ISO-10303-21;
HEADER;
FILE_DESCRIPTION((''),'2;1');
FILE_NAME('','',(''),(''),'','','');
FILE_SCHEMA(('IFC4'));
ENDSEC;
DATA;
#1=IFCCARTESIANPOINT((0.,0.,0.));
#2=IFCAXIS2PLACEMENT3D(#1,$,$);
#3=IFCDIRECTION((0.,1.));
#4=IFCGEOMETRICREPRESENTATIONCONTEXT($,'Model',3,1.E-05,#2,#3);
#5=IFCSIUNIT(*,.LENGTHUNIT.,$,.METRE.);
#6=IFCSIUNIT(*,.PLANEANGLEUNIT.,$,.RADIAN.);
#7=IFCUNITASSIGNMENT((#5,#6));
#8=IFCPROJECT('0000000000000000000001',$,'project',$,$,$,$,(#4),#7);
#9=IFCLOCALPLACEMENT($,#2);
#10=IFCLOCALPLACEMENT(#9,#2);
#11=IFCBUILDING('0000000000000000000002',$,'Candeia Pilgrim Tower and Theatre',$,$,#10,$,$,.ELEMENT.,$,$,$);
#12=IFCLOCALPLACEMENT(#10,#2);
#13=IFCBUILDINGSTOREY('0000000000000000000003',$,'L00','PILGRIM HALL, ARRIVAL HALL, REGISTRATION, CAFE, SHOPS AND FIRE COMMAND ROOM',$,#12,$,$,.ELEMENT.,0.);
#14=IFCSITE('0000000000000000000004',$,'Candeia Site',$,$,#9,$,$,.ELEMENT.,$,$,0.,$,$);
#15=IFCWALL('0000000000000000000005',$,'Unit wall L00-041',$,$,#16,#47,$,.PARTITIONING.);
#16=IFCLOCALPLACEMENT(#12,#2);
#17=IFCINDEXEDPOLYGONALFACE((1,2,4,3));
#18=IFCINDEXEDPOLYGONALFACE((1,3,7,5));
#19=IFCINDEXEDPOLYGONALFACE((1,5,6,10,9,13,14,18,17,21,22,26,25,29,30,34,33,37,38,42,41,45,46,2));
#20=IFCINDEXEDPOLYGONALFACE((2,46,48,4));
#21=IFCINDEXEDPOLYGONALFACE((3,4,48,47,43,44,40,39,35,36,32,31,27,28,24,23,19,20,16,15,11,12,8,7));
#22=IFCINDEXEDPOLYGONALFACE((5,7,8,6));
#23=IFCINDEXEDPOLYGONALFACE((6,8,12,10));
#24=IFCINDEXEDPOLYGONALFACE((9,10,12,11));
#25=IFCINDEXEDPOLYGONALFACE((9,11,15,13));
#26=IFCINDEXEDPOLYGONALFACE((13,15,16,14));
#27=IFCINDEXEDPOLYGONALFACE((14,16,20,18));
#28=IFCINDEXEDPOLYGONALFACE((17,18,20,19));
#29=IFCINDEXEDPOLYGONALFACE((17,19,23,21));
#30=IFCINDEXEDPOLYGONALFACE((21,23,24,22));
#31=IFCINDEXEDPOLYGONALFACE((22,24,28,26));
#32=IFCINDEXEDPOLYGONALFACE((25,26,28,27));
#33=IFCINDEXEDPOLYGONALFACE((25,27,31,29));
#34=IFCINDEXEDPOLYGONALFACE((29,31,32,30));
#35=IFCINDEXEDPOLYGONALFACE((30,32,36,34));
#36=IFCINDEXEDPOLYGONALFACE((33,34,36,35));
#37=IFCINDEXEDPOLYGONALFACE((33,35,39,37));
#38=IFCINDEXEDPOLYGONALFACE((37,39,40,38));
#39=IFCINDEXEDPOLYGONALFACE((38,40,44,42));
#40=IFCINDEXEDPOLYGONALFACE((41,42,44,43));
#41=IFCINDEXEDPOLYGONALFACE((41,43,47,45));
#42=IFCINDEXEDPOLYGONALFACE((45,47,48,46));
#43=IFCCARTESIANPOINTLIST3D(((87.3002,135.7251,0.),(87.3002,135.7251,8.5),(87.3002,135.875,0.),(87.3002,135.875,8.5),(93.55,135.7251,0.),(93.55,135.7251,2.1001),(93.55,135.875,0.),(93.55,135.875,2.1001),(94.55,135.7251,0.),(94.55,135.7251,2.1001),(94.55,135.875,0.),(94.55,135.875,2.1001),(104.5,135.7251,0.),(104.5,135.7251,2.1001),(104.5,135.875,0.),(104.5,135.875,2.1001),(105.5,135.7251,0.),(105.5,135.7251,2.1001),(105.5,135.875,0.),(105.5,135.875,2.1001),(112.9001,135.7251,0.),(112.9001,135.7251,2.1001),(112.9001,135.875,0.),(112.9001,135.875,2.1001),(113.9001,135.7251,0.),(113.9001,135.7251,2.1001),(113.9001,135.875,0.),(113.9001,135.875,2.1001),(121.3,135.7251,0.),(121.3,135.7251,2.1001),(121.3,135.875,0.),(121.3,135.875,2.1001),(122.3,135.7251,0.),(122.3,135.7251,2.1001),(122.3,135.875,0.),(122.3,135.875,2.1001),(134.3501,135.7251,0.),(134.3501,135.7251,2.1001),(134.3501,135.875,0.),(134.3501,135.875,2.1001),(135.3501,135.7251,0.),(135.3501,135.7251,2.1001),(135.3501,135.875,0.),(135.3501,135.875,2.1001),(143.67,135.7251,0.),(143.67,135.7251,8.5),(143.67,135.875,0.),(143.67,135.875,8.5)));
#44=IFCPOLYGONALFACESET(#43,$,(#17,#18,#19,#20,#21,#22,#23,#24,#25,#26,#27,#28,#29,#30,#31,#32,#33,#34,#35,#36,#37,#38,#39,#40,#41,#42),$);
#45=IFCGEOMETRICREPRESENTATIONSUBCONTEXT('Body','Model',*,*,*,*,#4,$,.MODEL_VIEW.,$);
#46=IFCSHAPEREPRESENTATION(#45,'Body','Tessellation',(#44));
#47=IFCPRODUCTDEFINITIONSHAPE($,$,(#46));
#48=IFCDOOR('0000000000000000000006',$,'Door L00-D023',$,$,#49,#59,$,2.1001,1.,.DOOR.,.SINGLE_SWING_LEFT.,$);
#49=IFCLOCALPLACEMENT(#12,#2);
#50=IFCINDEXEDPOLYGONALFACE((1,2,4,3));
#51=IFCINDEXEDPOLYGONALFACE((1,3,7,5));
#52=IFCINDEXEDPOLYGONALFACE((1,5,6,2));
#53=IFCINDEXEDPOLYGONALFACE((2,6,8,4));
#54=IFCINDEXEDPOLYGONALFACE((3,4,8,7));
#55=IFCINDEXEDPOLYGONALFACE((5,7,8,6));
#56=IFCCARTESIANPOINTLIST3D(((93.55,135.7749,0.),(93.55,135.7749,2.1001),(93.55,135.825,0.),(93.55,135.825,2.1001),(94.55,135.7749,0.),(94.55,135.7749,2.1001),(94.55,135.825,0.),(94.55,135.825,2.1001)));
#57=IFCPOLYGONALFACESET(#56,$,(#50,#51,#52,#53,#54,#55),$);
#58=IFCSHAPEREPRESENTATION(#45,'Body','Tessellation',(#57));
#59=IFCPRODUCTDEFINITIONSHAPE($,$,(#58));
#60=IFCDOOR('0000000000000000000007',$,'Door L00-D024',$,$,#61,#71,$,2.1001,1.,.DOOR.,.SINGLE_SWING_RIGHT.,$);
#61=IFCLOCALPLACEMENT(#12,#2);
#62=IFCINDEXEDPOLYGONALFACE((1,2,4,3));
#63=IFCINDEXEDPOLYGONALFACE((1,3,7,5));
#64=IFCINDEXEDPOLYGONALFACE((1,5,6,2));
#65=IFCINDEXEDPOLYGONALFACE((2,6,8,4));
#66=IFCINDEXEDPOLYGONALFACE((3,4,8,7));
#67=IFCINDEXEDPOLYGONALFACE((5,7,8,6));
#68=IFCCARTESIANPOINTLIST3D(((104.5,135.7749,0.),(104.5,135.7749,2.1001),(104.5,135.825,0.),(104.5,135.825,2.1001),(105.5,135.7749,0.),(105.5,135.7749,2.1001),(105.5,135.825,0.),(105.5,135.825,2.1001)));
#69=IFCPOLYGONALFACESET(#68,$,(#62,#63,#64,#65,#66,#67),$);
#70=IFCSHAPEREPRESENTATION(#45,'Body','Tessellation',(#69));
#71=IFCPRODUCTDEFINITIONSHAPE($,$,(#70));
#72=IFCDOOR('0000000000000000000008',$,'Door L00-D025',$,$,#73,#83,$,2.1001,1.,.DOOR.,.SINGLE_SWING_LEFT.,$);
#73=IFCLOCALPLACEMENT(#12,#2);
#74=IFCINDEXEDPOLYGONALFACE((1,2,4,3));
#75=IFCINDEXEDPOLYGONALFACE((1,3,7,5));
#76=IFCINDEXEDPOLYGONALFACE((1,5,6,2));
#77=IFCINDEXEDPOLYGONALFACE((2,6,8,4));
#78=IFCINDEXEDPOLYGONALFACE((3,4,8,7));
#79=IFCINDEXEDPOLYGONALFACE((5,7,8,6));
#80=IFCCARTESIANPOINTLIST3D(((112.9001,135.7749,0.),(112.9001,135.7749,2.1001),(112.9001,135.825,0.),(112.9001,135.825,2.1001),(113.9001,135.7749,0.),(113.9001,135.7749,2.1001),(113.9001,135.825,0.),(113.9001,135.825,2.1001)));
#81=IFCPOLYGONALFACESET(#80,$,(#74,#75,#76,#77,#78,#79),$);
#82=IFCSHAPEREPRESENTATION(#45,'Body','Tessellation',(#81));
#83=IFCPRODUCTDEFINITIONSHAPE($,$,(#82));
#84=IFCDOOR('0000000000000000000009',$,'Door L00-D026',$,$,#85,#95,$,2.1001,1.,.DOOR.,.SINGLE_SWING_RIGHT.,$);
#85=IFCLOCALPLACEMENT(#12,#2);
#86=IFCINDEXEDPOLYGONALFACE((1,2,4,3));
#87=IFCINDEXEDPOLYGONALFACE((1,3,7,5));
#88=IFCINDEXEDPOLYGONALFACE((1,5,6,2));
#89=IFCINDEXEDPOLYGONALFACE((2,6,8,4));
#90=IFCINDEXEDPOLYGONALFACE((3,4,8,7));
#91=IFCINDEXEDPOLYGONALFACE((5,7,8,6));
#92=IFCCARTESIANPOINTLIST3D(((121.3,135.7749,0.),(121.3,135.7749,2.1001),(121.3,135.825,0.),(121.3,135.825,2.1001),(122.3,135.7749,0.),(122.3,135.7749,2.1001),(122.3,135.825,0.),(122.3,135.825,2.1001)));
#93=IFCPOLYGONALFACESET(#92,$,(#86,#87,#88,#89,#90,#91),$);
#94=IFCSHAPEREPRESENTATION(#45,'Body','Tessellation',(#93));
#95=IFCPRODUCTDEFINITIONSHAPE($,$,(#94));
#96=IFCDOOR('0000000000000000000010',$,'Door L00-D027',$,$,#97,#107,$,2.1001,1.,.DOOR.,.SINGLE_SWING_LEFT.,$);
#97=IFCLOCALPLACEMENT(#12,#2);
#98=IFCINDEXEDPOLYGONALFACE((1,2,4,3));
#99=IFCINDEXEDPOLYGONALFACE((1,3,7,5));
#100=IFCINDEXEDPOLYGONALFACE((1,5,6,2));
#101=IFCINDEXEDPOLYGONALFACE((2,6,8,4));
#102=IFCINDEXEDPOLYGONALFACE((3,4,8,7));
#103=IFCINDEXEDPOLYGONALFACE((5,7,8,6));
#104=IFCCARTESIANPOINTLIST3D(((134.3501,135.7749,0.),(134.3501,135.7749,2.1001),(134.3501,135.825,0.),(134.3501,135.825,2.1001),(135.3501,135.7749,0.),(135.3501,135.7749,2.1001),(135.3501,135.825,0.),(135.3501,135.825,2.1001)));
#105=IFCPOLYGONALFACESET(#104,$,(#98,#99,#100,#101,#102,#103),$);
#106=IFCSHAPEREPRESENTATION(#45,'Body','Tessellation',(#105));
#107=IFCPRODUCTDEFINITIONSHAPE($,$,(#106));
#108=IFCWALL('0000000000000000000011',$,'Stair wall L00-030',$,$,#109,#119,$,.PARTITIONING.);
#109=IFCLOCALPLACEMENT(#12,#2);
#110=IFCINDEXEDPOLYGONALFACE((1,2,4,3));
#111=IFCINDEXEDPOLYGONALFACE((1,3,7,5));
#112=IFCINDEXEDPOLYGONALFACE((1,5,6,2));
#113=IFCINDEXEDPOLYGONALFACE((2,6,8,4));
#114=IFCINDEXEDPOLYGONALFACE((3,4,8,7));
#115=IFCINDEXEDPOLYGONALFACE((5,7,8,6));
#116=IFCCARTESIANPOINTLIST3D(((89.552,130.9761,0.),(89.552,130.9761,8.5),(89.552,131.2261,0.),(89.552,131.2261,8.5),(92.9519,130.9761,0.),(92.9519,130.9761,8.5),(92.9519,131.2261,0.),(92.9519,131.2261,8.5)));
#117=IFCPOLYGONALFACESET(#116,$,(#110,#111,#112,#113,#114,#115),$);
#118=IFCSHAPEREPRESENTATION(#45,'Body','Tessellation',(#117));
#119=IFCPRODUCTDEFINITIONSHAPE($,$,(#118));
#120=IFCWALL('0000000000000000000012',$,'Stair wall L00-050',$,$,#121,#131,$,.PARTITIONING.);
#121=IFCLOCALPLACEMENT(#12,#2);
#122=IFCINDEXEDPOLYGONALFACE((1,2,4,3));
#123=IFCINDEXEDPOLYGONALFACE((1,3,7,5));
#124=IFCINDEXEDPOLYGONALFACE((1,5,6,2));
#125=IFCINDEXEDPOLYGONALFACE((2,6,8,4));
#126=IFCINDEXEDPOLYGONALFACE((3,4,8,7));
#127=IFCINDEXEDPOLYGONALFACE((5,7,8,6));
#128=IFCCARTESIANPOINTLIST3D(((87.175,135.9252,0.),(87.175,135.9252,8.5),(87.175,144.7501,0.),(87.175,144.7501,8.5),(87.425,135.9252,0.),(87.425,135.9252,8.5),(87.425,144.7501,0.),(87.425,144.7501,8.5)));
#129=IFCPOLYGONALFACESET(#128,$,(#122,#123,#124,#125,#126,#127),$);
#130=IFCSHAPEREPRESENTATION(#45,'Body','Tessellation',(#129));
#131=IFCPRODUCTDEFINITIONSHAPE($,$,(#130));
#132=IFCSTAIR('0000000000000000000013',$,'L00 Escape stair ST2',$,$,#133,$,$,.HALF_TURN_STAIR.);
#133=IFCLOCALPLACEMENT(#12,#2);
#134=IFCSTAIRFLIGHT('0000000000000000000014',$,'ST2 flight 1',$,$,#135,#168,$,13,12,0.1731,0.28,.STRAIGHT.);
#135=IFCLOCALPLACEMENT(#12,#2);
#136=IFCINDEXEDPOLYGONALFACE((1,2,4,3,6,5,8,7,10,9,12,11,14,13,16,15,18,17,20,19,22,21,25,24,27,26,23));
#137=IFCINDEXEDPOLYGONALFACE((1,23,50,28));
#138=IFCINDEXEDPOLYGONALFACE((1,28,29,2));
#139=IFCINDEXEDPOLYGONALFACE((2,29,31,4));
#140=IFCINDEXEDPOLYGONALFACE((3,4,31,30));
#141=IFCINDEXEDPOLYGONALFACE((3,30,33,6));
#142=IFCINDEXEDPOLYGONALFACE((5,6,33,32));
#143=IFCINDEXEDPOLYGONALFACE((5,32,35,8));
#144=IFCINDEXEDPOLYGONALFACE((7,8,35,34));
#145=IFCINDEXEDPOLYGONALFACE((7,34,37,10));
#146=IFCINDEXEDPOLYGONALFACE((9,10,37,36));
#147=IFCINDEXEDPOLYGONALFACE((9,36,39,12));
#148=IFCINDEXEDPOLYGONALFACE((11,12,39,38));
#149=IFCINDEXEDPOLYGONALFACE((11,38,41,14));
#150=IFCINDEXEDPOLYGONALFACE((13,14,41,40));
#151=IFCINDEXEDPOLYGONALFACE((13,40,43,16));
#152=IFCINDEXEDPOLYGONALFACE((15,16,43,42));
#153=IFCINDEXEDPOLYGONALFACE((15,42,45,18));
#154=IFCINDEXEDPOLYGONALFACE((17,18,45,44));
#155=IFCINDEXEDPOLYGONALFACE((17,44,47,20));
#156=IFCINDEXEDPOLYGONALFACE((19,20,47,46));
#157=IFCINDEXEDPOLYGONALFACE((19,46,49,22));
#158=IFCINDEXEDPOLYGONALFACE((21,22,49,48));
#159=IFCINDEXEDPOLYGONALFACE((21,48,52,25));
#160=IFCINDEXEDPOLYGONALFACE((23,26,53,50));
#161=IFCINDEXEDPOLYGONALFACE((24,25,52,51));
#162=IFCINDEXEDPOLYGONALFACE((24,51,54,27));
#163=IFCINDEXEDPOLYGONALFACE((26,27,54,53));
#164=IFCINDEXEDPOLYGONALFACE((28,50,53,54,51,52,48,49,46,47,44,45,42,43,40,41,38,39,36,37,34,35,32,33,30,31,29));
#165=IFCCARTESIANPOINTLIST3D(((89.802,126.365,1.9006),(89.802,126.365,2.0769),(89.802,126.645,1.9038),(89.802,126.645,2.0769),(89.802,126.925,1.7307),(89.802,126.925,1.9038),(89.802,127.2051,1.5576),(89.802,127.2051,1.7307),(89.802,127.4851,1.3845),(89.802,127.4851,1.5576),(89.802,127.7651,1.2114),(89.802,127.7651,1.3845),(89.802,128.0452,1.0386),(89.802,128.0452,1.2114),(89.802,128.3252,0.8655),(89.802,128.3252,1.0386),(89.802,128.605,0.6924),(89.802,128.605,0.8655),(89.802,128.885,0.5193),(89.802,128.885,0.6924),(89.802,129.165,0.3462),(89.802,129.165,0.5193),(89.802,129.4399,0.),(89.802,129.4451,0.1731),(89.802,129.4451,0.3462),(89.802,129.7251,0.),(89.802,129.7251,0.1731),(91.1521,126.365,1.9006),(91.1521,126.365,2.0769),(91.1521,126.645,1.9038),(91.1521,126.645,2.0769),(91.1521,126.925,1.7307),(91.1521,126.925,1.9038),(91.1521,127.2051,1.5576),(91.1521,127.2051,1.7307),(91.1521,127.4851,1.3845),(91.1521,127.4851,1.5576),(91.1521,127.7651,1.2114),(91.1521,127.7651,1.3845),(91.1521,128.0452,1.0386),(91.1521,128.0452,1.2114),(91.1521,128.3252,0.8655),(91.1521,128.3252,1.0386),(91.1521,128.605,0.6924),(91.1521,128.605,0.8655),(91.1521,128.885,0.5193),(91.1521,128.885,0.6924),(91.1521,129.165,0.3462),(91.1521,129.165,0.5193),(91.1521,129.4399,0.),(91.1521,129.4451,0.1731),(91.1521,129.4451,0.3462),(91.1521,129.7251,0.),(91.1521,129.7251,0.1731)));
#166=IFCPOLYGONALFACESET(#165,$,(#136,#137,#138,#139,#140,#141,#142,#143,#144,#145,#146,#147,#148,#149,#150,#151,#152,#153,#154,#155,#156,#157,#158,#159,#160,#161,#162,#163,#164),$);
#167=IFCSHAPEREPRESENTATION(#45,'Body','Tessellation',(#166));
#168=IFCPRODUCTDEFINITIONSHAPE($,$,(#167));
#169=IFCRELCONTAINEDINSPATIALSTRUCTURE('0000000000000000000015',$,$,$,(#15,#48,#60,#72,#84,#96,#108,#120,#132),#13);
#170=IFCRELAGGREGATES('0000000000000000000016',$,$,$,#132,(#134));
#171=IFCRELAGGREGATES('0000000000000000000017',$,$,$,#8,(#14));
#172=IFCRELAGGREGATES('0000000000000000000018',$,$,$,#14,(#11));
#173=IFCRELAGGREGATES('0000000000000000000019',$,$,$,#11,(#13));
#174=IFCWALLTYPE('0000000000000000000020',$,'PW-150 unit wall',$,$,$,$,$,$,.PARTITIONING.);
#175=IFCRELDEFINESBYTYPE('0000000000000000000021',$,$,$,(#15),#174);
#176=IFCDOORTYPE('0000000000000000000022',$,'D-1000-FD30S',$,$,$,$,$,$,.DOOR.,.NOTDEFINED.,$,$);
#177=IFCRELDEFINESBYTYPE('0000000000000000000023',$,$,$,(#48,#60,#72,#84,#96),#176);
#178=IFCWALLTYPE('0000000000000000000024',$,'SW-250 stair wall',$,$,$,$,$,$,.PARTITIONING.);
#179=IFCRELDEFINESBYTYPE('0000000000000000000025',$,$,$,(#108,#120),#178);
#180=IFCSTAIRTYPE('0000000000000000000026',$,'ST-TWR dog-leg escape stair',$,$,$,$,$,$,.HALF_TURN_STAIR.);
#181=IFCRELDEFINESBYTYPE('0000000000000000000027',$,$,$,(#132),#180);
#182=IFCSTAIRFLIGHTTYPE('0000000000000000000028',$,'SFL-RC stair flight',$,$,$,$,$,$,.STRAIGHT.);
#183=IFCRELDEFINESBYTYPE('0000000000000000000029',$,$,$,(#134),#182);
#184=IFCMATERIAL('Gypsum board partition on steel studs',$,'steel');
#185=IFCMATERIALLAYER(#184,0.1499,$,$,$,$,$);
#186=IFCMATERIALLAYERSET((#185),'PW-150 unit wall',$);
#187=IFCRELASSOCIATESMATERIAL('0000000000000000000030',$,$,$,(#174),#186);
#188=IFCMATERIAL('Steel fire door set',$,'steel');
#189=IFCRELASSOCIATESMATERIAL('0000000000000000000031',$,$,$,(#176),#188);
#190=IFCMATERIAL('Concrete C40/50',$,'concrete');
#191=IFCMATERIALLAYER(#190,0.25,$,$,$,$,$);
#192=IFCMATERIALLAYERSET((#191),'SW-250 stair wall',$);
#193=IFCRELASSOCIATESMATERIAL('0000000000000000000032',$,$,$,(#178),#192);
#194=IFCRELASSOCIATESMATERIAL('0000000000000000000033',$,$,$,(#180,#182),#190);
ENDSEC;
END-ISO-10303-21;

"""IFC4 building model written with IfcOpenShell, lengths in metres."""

from ifc_helpers import new_model, si_unit, direction, frame, frame_2d, origin, place, context, subcontext, project, spatial, polyline, rectangle, outline, extrude, material, layer, layer_set, type_object, element, fill, aggregate, save


model = new_model("IFC4")

# Units and contexts
model_context = context("Model", 3, precision=1e-05, world=origin(), true_north=direction((0.0, 1.0)))
body_context = subcontext(model_context, "Body", "Model", "MODEL_VIEW")
ifc_project = project(units=[si_unit("LENGTHUNIT", "METRE"), si_unit("PLANEANGLEUNIT", "RADIAN")], contexts=[model_context])

# Site, building, storey
site_placement = place(None, origin())
site = spatial("IfcSite", under=ifc_project, at=site_placement, Name="Candeia Site", CompositionType="ELEMENT", RefElevation=0.0)
building_placement = place(site_placement, origin())
building = spatial("IfcBuilding", under=site, at=building_placement, Name="Candeia Pilgrim Tower and Theatre", CompositionType="ELEMENT")
storey_placement = place(building_placement, origin())
storey = spatial("IfcBuildingStorey", under=building, at=storey_placement, Name="L00", Description="PILGRIM HALL, ARRIVAL HALL, REGISTRATION, CAFE, SHOPS AND FIRE COMMAND ROOM", CompositionType="ELEMENT", Elevation=0.0)

# Shared definitions
ifc_material_1 = material(Name="Concrete C40/50", Category="concrete")

# Shared definitions
ifc_material_2 = material(Name="Steel fire door set", Category="steel")

# Wall, openings, doors
ifc_material_3 = material(Name="Gypsum board partition on steel studs", Category="steel")
ifc_layer_1 = layer(ifc_material_3, 0.1499)
ifc_layer_set_1 = layer_set([ifc_layer_1], Name="PW-150 unit wall")
wall_type_1 = type_object("IfcWallType", Name="PW-150 unit wall", PredefinedType="PARTITIONING", material=ifc_layer_set_1)
wall_1_placement = place(storey_placement, frame((87.3, 135.8, 0.0), z_axis=(0.0, 0.0, 1.0), x_axis=(1.0, 0.0, 0.0)))
wall_1 = element("IfcWall", 1, at=wall_1_placement, inside=storey, type_object=wall_type_1, Name="Unit wall L00-041", PredefinedType="PARTITIONING", context=body_context, shape_type="SweptSolid", body=[
    extrude(rectangle(XDim=56.3699, YDim=0.1499, at=frame_2d((28.1851, 0.0))), origin(), (0.0, 0.0, 1.0), 8.5),
])
opening_1_placement = place(wall_1_placement, frame((6.25, 0.0, 0.0)))
opening_1 = element("IfcOpeningElement", 2, at=opening_1_placement, cuts=wall_1, PredefinedType="OPENING", context=body_context, shape_type="SweptSolid", body=[
    extrude(rectangle(XDim=1.0, YDim=2.1001, at=frame_2d((0.5, 1.05))), frame((0.0, 0.085, 0.0), z_axis=(0.0, -1.0, 0.0), x_axis=(1.0, 0.0, 0.0)), (0.0, 0.0, 1.0), 0.1699),
])
opening_2_placement = place(wall_1_placement, frame((17.2, 0.0, 0.0)))
opening_2 = element("IfcOpeningElement", 3, at=opening_2_placement, cuts=wall_1, PredefinedType="OPENING", context=body_context, shape_type="SweptSolid", body=[
    extrude(rectangle(XDim=1.0, YDim=2.1001, at=frame_2d((0.5, 1.05))), frame((0.0, 0.085, 0.0), z_axis=(0.0, -1.0, 0.0), x_axis=(1.0, 0.0, 0.0)), (0.0, 0.0, 1.0), 0.1699),
])
opening_3_placement = place(wall_1_placement, frame((25.6001, 0.0, 0.0)))
opening_3 = element("IfcOpeningElement", 4, at=opening_3_placement, cuts=wall_1, PredefinedType="OPENING", context=body_context, shape_type="SweptSolid", body=[
    extrude(rectangle(XDim=1.0, YDim=2.1001, at=frame_2d((0.5, 1.05))), frame((0.0, 0.085, 0.0), z_axis=(0.0, -1.0, 0.0), x_axis=(1.0, 0.0, 0.0)), (0.0, 0.0, 1.0), 0.1699),
])
opening_4_placement = place(wall_1_placement, frame((34.0, 0.0, 0.0)))
opening_4 = element("IfcOpeningElement", 5, at=opening_4_placement, cuts=wall_1, PredefinedType="OPENING", context=body_context, shape_type="SweptSolid", body=[
    extrude(rectangle(XDim=1.0, YDim=2.1001, at=frame_2d((0.5, 1.05))), frame((0.0, 0.085, 0.0), z_axis=(0.0, -1.0, 0.0), x_axis=(1.0, 0.0, 0.0)), (0.0, 0.0, 1.0), 0.1699),
])
opening_5_placement = place(wall_1_placement, frame((47.05, 0.0, 0.0)))
opening_5 = element("IfcOpeningElement", 6, at=opening_5_placement, cuts=wall_1, PredefinedType="OPENING", context=body_context, shape_type="SweptSolid", body=[
    extrude(rectangle(XDim=1.0, YDim=2.1001, at=frame_2d((0.5, 1.05))), frame((0.0, 0.085, 0.0), z_axis=(0.0, -1.0, 0.0), x_axis=(1.0, 0.0, 0.0)), (0.0, 0.0, 1.0), 0.1699),
])
door_type_1 = type_object("IfcDoorType", Name="D-1000-FD30S", OperationType="NOTDEFINED", PredefinedType="DOOR", material=ifc_material_2)
door_1_placement = place(opening_1_placement, origin())
door_1 = element("IfcDoor", 7, at=door_1_placement, inside=storey, type_object=door_type_1, Name="Door L00-D023", OperationType="SINGLE_SWING_LEFT", OverallHeight=2.1001, OverallWidth=1.0, PredefinedType="DOOR", context=body_context, shape_type="SweptSolid", body=[
    extrude(rectangle(XDim=1.0, YDim=2.1001, at=frame_2d((0.5, 1.05))), frame((0.0, 0.0249, 0.0), z_axis=(0.0, -1.0, 0.0), x_axis=(1.0, 0.0, 0.0)), (0.0, 0.0, 1.0), 0.05),
])
fill(opening_1, door_1)
door_2_placement = place(opening_2_placement, origin())
door_2 = element("IfcDoor", 8, at=door_2_placement, inside=storey, type_object=door_type_1, Name="Door L00-D024", OperationType="SINGLE_SWING_RIGHT", OverallHeight=2.1001, OverallWidth=1.0, PredefinedType="DOOR", context=body_context, shape_type="SweptSolid", body=[
    extrude(rectangle(XDim=1.0, YDim=2.1001, at=frame_2d((0.5, 1.05))), frame((0.0, 0.0249, 0.0), z_axis=(0.0, -1.0, 0.0), x_axis=(1.0, 0.0, 0.0)), (0.0, 0.0, 1.0), 0.05),
])
fill(opening_2, door_2)
door_3_placement = place(opening_3_placement, origin())
door_3 = element("IfcDoor", 9, at=door_3_placement, inside=storey, type_object=door_type_1, Name="Door L00-D025", OperationType="SINGLE_SWING_LEFT", OverallHeight=2.1001, OverallWidth=1.0, PredefinedType="DOOR", context=body_context, shape_type="SweptSolid", body=[
    extrude(rectangle(XDim=1.0, YDim=2.1001, at=frame_2d((0.5, 1.05))), frame((0.0, 0.0249, 0.0), z_axis=(0.0, -1.0, 0.0), x_axis=(1.0, 0.0, 0.0)), (0.0, 0.0, 1.0), 0.05),
])
fill(opening_3, door_3)
door_4_placement = place(opening_4_placement, origin())
door_4 = element("IfcDoor", 10, at=door_4_placement, inside=storey, type_object=door_type_1, Name="Door L00-D026", OperationType="SINGLE_SWING_RIGHT", OverallHeight=2.1001, OverallWidth=1.0, PredefinedType="DOOR", context=body_context, shape_type="SweptSolid", body=[
    extrude(rectangle(XDim=1.0, YDim=2.1001, at=frame_2d((0.5, 1.05))), frame((0.0, 0.0249, 0.0), z_axis=(0.0, -1.0, 0.0), x_axis=(1.0, 0.0, 0.0)), (0.0, 0.0, 1.0), 0.05),
])
fill(opening_4, door_4)
door_5_placement = place(opening_5_placement, origin())
door_5 = element("IfcDoor", 11, at=door_5_placement, inside=storey, type_object=door_type_1, Name="Door L00-D027", OperationType="SINGLE_SWING_LEFT", OverallHeight=2.1001, OverallWidth=1.0, PredefinedType="DOOR", context=body_context, shape_type="SweptSolid", body=[
    extrude(rectangle(XDim=1.0, YDim=2.1001, at=frame_2d((0.5, 1.05))), frame((0.0, 0.0249, 0.0), z_axis=(0.0, -1.0, 0.0), x_axis=(1.0, 0.0, 0.0)), (0.0, 0.0, 1.0), 0.05),
])
fill(opening_5, door_5)

# Walls
ifc_layer_2 = layer(ifc_material_1, 0.25)
ifc_layer_set_2 = layer_set([ifc_layer_2], Name="SW-250 stair wall")
wall_type_2 = type_object("IfcWallType", Name="SW-250 stair wall", PredefinedType="PARTITIONING", material=ifc_layer_set_2)
wall_2_placement = place(storey_placement, frame((89.552, 131.1011, 0.0), z_axis=(0.0, 0.0, 1.0), x_axis=(1.0, 0.0, 0.0)))
element("IfcWall", 12, at=wall_2_placement, inside=storey, type_object=wall_type_2, Name="Stair wall L00-030", PredefinedType="PARTITIONING", context=body_context, shape_type="SweptSolid", body=[
    extrude(rectangle(XDim=3.3999, YDim=0.25, at=frame_2d((1.7, 0.0))), origin(), (0.0, 0.0, 1.0), 8.5),
])
wall_3_placement = place(storey_placement, frame((87.3, 135.925, 0.0), z_axis=(0.0, 0.0, 1.0), x_axis=(0.0, 1.0, 0.0)))
element("IfcWall", 13, at=wall_3_placement, inside=storey, type_object=wall_type_2, Name="Stair wall L00-050", PredefinedType="PARTITIONING", context=body_context, shape_type="SweptSolid", body=[
    extrude(rectangle(XDim=8.825, YDim=0.25, at=frame_2d((4.4126, 0.0))), origin(), (0.0, 0.0, 1.0), 8.5),
])

# Stair, stair flight
stair_type = type_object("IfcStairType", Name="ST-TWR dog-leg escape stair", PredefinedType="HALF_TURN_STAIR", material=ifc_material_1)
stair_placement = place(storey_placement, origin())
stair = element("IfcStair", 14, at=stair_placement, inside=storey, type_object=stair_type, Name="L00 Escape stair ST2", PredefinedType="HALF_TURN_STAIR")
stair_flight_type = type_object("IfcStairFlightType", Name="SFL-RC stair flight", PredefinedType="STRAIGHT", material=ifc_material_1)
stair_flight_1_placement = place(storey_placement, frame((90.4771, 129.7251, 0.0), z_axis=(0.0, 0.0, 1.0), x_axis=(0.0, -1.0, 0.0)))
stair_flight_1 = element("IfcStairFlight", 15, at=stair_flight_1_placement, type_object=stair_flight_type, Name="ST2 flight 1", NumberOfRisers=13, NumberOfTreads=12, PredefinedType="STRAIGHT", RiserHeight=0.1731, TreadLength=0.28, context=body_context, shape_type="SweptSolid", body=[
    extrude(outline(polyline([(0.0, 0.0), (0.0, 0.1731), (0.28, 0.1731), (0.28, 0.3462), (0.5601, 0.3462), (0.5601, 0.5193), (0.8401, 0.5193), (0.8401, 0.6924), (1.1201, 0.6924), (1.1201, 0.8655), (1.3999, 0.8655), (1.3999, 1.0386), (1.6799, 1.0386), (1.6799, 1.2114), (1.96, 1.2114), (1.96, 1.3845), (2.24, 1.3845), (2.24, 1.5576), (2.52, 1.5576), (2.52, 1.7307), (2.8, 1.7307), (2.8, 1.9038), (3.0801, 1.9038), (3.0801, 2.0769), (3.3601, 2.0769), (3.3601, 2.25), (3.3601, 1.9006), (0.2852, 0.0), (0.0, 0.0)])), frame((0.0, 0.675, 0.0), z_axis=(0.0, -1.0, 0.0), x_axis=(1.0, 0.0, 0.0)), (0.0, 0.0, 1.0), 1.3501),
])
aggregate(stair, [stair_flight_1])

save(model, "model.ifc")
